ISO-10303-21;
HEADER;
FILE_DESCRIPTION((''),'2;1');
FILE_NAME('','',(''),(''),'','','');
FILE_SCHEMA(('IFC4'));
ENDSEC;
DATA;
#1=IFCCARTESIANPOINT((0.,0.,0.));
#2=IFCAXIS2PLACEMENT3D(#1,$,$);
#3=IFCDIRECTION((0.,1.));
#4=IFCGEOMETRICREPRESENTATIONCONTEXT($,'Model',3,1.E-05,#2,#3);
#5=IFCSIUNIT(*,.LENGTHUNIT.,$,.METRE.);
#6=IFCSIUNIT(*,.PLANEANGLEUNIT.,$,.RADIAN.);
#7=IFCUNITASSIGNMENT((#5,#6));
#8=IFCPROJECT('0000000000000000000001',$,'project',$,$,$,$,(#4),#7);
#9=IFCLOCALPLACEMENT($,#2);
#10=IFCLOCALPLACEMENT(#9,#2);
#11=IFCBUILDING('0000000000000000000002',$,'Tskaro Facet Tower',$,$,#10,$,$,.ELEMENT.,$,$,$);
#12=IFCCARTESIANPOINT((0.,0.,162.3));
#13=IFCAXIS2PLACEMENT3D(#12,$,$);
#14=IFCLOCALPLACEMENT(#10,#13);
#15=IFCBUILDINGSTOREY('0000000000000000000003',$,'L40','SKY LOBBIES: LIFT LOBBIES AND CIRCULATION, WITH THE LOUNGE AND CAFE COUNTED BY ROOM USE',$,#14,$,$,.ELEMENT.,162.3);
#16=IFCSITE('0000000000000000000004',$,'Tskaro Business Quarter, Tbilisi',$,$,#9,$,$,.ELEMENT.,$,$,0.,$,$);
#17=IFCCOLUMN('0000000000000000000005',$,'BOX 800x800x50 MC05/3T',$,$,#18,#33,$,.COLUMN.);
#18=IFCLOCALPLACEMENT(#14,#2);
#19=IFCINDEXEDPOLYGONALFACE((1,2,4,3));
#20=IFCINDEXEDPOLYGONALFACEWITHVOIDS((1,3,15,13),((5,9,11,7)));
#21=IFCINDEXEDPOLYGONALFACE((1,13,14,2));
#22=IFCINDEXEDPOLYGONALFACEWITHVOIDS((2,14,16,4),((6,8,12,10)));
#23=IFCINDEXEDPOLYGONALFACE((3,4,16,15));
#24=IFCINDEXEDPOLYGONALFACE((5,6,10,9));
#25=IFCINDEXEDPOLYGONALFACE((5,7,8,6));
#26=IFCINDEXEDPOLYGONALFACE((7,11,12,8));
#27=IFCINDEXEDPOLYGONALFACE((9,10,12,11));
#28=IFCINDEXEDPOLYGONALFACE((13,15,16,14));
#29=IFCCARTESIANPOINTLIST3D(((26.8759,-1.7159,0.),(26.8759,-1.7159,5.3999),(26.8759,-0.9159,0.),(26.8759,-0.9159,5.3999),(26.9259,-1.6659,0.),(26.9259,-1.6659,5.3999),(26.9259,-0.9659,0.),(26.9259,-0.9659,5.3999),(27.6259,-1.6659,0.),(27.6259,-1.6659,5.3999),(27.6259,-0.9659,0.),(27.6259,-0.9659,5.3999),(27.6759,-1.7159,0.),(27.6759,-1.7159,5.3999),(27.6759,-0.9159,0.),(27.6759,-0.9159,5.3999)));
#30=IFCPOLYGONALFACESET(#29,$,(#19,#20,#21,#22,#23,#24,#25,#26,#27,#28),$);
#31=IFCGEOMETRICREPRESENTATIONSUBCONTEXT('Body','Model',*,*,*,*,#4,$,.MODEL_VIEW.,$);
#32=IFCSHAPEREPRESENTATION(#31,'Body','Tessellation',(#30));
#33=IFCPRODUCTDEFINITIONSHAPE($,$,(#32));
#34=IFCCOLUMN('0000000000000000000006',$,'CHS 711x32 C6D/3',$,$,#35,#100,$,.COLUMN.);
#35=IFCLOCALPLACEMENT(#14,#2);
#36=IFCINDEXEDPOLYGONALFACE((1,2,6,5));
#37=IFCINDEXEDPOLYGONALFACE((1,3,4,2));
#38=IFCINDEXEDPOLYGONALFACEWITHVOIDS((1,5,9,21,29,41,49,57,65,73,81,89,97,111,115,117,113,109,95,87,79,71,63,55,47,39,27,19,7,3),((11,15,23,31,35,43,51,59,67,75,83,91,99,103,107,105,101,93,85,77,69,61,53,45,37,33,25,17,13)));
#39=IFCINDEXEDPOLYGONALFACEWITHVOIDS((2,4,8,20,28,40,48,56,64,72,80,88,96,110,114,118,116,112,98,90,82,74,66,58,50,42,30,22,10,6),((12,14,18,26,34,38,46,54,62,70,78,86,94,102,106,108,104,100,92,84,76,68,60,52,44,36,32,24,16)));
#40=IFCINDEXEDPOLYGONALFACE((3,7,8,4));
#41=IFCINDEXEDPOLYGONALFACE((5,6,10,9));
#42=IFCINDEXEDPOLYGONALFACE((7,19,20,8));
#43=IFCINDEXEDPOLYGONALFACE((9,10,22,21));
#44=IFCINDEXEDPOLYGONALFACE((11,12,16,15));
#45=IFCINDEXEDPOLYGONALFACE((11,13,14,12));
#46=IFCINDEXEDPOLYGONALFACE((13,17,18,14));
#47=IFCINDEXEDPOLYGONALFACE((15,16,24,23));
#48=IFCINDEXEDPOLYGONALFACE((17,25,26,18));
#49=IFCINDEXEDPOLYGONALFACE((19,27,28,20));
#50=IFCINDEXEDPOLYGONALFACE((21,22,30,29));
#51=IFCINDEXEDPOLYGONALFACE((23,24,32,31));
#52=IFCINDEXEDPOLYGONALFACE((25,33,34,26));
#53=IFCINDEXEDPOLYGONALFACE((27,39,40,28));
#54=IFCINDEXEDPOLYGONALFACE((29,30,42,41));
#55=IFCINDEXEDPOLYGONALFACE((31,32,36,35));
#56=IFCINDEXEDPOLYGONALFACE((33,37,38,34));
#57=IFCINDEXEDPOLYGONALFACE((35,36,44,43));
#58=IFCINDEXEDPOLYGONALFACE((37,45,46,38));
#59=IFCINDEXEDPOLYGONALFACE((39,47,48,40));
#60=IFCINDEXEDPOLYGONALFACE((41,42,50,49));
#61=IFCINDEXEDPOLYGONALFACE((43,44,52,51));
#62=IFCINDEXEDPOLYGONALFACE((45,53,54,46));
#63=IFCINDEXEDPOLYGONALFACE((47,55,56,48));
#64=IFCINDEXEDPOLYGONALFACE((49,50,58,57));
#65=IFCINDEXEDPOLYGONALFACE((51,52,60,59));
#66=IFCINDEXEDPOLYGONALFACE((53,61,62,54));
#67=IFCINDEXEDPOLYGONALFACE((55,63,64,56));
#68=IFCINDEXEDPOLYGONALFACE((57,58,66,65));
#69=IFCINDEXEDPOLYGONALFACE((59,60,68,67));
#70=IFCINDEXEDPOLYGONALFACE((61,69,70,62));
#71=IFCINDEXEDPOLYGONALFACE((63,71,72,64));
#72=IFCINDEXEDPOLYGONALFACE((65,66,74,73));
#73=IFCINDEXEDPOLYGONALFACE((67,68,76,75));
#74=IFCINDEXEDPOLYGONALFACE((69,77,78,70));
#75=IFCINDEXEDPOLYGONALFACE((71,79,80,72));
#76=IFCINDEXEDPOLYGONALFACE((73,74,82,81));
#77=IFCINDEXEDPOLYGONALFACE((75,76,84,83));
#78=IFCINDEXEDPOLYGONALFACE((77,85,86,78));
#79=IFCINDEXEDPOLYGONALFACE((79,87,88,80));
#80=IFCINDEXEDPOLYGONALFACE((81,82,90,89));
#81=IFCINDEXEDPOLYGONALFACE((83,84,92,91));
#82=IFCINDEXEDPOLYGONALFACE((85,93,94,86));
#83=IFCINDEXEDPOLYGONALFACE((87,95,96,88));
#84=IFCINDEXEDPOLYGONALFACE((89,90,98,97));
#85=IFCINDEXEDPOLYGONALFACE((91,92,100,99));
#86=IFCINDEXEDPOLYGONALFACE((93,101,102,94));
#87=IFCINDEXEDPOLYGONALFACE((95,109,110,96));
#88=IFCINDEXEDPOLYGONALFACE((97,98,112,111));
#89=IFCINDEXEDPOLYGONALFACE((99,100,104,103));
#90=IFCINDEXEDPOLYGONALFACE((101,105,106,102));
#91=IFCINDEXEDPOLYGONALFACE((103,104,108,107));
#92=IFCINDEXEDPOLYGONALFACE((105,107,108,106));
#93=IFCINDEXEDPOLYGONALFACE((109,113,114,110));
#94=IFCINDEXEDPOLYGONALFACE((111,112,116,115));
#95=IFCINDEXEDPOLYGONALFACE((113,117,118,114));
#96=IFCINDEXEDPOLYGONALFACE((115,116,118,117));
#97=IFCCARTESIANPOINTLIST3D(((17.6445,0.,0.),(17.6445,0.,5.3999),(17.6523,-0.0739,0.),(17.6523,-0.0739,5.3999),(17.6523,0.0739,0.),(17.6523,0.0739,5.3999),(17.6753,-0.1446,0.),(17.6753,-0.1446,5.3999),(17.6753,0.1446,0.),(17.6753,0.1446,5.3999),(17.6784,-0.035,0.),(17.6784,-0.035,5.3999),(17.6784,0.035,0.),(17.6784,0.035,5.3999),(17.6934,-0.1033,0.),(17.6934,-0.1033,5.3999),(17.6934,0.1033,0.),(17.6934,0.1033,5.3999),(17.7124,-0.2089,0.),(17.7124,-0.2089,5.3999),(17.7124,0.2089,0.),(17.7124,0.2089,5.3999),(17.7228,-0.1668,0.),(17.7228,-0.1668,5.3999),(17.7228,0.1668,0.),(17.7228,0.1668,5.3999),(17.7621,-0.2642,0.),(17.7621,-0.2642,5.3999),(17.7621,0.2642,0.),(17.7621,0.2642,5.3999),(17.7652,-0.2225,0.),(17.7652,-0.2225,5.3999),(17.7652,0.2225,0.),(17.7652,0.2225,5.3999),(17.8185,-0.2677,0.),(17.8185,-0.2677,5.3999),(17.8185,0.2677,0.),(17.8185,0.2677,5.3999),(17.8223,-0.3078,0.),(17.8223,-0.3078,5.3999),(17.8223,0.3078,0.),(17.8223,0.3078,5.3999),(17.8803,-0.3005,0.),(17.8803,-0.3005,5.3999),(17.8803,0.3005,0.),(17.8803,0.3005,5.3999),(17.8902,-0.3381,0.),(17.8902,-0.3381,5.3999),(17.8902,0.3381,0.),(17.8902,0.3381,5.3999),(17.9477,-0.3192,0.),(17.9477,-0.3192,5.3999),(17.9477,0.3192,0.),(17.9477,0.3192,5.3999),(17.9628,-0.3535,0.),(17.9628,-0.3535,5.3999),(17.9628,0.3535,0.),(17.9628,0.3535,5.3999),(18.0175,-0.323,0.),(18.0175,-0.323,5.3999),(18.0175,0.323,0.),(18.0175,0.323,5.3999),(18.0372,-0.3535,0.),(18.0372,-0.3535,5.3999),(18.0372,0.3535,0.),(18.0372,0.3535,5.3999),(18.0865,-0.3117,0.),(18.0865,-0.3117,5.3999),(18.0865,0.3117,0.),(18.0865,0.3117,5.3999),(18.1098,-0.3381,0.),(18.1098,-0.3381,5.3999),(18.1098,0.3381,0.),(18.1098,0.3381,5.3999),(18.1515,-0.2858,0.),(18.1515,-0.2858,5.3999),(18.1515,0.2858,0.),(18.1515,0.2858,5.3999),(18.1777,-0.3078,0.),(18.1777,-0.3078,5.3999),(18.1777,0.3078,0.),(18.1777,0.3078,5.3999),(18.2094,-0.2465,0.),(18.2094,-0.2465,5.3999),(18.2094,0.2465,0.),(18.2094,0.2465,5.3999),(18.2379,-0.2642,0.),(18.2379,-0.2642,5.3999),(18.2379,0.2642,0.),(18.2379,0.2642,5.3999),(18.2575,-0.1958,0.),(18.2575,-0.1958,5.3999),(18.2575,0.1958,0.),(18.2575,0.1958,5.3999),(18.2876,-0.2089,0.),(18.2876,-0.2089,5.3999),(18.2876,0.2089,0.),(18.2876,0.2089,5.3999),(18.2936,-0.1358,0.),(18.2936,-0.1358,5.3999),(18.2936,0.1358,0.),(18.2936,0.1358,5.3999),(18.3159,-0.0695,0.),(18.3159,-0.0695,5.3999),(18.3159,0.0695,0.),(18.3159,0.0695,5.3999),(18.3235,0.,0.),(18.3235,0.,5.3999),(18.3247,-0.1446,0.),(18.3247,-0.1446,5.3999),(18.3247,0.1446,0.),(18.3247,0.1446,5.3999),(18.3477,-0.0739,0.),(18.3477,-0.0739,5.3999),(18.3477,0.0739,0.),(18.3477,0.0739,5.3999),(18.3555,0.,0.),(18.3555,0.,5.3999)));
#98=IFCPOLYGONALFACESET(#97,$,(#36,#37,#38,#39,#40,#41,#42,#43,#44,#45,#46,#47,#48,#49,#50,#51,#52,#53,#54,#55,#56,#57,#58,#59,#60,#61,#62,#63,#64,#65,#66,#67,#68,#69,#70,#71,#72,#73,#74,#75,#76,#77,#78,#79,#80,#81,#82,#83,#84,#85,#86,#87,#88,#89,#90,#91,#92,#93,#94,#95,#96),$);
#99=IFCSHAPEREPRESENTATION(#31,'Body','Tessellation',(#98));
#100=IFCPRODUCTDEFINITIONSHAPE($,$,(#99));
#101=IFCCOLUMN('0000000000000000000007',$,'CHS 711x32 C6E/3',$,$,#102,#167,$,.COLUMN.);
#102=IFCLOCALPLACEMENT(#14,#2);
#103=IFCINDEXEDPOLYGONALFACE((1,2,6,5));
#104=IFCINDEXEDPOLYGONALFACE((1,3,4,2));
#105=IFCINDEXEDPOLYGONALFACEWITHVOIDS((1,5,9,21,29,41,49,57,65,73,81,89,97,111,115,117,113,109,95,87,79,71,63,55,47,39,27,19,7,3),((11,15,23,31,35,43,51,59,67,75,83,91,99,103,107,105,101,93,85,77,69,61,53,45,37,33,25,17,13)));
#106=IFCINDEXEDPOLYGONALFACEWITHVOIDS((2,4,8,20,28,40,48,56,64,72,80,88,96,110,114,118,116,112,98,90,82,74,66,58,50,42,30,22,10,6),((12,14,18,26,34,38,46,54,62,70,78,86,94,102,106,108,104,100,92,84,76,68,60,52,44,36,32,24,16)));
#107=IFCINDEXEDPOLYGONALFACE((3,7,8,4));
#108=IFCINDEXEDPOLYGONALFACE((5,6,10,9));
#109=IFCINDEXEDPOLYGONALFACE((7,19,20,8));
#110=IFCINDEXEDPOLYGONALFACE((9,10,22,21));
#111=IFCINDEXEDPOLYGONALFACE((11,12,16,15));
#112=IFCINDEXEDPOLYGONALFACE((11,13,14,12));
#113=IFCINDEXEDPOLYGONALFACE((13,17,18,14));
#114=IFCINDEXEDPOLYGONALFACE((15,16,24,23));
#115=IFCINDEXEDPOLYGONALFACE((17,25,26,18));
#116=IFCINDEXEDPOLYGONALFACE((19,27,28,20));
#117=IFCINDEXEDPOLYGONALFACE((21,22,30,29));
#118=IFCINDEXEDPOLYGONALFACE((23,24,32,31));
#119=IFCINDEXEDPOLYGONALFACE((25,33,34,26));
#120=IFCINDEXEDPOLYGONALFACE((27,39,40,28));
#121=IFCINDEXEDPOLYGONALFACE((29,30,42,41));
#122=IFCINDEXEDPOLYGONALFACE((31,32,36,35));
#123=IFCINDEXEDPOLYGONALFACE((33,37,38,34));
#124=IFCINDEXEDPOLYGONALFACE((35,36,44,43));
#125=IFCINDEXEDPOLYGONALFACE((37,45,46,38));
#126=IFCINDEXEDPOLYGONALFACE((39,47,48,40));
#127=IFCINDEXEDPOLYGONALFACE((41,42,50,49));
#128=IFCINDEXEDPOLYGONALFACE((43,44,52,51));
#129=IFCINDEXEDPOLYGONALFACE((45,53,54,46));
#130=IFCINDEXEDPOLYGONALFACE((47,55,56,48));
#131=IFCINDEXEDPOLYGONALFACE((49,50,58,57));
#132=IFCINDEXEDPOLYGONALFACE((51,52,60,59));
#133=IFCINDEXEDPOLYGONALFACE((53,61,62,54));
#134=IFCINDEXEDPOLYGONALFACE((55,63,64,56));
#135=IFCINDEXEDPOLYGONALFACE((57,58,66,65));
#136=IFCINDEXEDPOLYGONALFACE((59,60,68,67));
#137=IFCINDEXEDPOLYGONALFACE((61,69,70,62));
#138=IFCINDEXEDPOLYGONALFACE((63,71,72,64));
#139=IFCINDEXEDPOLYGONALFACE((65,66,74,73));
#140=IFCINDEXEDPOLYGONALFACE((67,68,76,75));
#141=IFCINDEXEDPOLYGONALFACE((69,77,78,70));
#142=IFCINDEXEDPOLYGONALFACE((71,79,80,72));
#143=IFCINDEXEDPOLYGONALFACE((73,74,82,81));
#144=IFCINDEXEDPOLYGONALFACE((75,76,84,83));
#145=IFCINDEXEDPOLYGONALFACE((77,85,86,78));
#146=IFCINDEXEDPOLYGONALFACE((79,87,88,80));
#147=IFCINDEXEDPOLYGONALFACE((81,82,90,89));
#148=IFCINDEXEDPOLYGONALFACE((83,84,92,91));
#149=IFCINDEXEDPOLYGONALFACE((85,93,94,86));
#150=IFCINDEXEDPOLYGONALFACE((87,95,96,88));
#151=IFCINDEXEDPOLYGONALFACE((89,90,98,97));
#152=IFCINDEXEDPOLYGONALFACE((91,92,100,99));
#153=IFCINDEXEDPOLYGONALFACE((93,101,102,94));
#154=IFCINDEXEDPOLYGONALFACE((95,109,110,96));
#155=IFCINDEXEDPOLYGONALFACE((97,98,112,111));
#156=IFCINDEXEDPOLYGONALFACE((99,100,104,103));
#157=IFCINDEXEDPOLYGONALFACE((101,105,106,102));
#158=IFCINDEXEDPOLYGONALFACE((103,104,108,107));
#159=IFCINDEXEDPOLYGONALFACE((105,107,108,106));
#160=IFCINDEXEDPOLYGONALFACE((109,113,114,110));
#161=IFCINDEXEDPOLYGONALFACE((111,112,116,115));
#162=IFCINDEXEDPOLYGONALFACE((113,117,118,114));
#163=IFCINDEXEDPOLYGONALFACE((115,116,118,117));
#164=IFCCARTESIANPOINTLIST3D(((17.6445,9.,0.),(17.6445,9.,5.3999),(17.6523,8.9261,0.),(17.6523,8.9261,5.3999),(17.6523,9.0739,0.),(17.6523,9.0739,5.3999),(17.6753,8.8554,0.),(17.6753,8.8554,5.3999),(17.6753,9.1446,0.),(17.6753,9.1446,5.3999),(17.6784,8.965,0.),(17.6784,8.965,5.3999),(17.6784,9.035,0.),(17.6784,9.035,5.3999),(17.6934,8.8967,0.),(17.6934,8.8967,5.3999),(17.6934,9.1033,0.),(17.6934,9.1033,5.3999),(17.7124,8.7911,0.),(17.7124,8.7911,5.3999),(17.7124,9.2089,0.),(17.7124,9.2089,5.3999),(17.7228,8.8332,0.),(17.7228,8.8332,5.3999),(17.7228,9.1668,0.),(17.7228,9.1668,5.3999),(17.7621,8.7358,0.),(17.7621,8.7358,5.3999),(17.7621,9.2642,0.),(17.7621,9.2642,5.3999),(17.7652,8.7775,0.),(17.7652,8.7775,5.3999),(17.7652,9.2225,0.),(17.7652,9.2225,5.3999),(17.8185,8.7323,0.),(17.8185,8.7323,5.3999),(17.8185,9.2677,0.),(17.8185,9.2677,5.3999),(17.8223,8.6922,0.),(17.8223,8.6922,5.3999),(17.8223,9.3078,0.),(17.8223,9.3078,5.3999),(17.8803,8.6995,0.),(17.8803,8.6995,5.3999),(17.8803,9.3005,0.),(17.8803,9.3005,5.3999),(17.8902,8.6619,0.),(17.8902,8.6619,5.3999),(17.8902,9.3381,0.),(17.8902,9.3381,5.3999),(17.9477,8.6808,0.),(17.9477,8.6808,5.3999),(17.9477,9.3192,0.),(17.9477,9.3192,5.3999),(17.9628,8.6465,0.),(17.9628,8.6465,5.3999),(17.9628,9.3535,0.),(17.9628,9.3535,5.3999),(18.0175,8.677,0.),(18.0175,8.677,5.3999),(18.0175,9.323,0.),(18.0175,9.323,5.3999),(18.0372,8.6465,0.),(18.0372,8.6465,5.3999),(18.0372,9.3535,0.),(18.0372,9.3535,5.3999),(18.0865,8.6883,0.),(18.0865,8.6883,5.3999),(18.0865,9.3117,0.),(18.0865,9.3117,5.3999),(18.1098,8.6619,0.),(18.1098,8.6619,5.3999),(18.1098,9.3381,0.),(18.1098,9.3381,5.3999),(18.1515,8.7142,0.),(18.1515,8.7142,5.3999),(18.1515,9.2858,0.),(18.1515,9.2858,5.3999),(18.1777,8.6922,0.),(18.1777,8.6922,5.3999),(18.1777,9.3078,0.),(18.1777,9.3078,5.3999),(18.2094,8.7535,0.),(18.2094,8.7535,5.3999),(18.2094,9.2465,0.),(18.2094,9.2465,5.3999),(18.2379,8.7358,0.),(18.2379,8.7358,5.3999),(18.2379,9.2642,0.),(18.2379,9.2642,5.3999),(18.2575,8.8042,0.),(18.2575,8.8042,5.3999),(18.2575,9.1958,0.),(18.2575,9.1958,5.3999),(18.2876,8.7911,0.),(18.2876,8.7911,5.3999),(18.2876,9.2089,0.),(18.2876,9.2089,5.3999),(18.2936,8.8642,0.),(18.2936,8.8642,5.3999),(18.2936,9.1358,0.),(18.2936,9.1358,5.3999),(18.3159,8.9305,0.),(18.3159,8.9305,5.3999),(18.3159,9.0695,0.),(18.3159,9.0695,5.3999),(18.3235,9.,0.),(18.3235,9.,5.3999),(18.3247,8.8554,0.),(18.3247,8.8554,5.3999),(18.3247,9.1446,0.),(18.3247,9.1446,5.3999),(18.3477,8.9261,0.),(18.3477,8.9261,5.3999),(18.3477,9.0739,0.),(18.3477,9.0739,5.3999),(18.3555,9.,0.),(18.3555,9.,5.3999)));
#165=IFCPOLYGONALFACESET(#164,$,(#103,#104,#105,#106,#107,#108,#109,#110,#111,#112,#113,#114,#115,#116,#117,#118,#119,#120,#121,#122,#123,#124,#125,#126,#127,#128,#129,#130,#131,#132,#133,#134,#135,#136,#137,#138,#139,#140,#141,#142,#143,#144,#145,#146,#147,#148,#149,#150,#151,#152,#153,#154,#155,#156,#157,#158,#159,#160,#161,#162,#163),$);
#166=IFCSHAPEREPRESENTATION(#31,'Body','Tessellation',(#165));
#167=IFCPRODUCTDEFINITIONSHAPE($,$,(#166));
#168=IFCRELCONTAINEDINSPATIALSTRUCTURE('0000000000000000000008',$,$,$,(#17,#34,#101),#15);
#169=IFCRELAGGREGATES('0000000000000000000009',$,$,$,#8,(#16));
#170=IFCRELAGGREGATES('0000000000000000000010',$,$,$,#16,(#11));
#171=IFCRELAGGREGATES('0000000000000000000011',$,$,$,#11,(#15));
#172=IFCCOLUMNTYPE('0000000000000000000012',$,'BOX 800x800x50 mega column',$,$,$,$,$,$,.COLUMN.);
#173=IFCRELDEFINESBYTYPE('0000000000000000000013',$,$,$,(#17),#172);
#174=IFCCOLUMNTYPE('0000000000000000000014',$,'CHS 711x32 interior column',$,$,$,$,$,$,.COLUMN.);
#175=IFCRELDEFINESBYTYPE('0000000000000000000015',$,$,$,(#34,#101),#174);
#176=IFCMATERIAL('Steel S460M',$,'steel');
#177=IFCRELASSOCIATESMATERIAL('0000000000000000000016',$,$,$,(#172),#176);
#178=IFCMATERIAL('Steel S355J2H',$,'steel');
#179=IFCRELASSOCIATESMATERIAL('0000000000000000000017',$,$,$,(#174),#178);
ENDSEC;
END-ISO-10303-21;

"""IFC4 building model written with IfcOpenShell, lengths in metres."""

from ifc_helpers import new_model, si_unit, direction, frame, origin, origin_2d, place, context, subcontext, project, spatial, hollow_rectangle, hollow_circle, extrude, material, material_profile, profile_set, type_object, element, save


model = new_model("IFC4")

# Units and contexts
model_context = context("Model", 3, precision=1e-05, world=origin(), true_north=direction((0.0, 1.0)))
body_context = subcontext(model_context, "Body", "Model", "MODEL_VIEW")
ifc_project = project(units=[si_unit("LENGTHUNIT", "METRE"), si_unit("PLANEANGLEUNIT", "RADIAN")], contexts=[model_context])

# Site, building, storey
site_placement = place(None, origin())
site = spatial("IfcSite", under=ifc_project, at=site_placement, Name="Tskaro Business Quarter, Tbilisi", CompositionType="ELEMENT", RefElevation=0.0)
building_placement = place(site_placement, origin())
building = spatial("IfcBuilding", under=site, at=building_placement, Name="Tskaro Facet Tower", CompositionType="ELEMENT")
storey_placement = place(building_placement, frame((0.0, 0.0, 162.3)))
storey = spatial("IfcBuildingStorey", under=building, at=storey_placement, Name="L40", Description="SKY LOBBIES: LIFT LOBBIES AND CIRCULATION, WITH THE LOUNGE AND CAFE COUNTED BY ROOM USE", CompositionType="ELEMENT", Elevation=162.3)

# Columns
ifc_material_1 = material(Name="Steel S460M", Category="steel")
ifc_material_profile_1 = material_profile(ifc_material_1, hollow_rectangle(XDim=0.8, YDim=0.8, WallThickness=0.05, at=origin_2d()), Name="BOX 800x800x50")
ifc_profile_set_1 = profile_set([ifc_material_profile_1], Name="Steel S460M")
column_type_1 = type_object("IfcColumnType", Name="BOX 800x800x50 mega column", PredefinedType="COLUMN", material=ifc_profile_set_1)
column_placement = place(storey_placement, frame((27.2759, -1.3159, 0.0), z_axis=(0.0, 0.0, 1.0), x_axis=(1.0, 0.0, 0.0)))
element("IfcColumn", 1, at=column_placement, inside=storey, type_object=column_type_1, Name="BOX 800x800x50 MC05/3T", PredefinedType="COLUMN", context=body_context, shape_type="SweptSolid", body=[
    extrude(hollow_rectangle(XDim=0.8, YDim=0.8, WallThickness=0.05, at=origin_2d()), origin(), (0.0, 0.0, 1.0), 5.3999),
])
ifc_material_2 = material(Name="Steel S355J2H", Category="steel")
ifc_material_profile_2 = material_profile(ifc_material_2, hollow_circle(Radius=0.3555, WallThickness=0.032, at=origin_2d()), Name="CHS 711x32")
ifc_profile_set_2 = profile_set([ifc_material_profile_2], Name="Steel S355J2H")
column_type_2 = type_object("IfcColumnType", Name="CHS 711x32 interior column", PredefinedType="COLUMN", material=ifc_profile_set_2)
for number, where, z_axis, x_axis, name in (
    (2, (18.0, 0.0, 0.0), (0.0, 0.0, 1.0), (1.0, 0.0, 0.0), "CHS 711x32 C6D/3"),
    (3, (18.0, 9.0, 0.0), (0.0, 0.0, 1.0), (1.0, 0.0, 0.0), "CHS 711x32 C6E/3"),
):
    element("IfcColumn", number, at=place(storey_placement, frame(where, z_axis=z_axis, x_axis=x_axis)), inside=storey, type_object=column_type_2, Name=name, PredefinedType="COLUMN", context=body_context, shape_type="SweptSolid", body=[
        extrude(hollow_circle(Radius=0.3555, WallThickness=0.032, at=origin_2d()), origin(), (0.0, 0.0, 1.0), 5.3999),
    ])

save(model, "model.ifc")
